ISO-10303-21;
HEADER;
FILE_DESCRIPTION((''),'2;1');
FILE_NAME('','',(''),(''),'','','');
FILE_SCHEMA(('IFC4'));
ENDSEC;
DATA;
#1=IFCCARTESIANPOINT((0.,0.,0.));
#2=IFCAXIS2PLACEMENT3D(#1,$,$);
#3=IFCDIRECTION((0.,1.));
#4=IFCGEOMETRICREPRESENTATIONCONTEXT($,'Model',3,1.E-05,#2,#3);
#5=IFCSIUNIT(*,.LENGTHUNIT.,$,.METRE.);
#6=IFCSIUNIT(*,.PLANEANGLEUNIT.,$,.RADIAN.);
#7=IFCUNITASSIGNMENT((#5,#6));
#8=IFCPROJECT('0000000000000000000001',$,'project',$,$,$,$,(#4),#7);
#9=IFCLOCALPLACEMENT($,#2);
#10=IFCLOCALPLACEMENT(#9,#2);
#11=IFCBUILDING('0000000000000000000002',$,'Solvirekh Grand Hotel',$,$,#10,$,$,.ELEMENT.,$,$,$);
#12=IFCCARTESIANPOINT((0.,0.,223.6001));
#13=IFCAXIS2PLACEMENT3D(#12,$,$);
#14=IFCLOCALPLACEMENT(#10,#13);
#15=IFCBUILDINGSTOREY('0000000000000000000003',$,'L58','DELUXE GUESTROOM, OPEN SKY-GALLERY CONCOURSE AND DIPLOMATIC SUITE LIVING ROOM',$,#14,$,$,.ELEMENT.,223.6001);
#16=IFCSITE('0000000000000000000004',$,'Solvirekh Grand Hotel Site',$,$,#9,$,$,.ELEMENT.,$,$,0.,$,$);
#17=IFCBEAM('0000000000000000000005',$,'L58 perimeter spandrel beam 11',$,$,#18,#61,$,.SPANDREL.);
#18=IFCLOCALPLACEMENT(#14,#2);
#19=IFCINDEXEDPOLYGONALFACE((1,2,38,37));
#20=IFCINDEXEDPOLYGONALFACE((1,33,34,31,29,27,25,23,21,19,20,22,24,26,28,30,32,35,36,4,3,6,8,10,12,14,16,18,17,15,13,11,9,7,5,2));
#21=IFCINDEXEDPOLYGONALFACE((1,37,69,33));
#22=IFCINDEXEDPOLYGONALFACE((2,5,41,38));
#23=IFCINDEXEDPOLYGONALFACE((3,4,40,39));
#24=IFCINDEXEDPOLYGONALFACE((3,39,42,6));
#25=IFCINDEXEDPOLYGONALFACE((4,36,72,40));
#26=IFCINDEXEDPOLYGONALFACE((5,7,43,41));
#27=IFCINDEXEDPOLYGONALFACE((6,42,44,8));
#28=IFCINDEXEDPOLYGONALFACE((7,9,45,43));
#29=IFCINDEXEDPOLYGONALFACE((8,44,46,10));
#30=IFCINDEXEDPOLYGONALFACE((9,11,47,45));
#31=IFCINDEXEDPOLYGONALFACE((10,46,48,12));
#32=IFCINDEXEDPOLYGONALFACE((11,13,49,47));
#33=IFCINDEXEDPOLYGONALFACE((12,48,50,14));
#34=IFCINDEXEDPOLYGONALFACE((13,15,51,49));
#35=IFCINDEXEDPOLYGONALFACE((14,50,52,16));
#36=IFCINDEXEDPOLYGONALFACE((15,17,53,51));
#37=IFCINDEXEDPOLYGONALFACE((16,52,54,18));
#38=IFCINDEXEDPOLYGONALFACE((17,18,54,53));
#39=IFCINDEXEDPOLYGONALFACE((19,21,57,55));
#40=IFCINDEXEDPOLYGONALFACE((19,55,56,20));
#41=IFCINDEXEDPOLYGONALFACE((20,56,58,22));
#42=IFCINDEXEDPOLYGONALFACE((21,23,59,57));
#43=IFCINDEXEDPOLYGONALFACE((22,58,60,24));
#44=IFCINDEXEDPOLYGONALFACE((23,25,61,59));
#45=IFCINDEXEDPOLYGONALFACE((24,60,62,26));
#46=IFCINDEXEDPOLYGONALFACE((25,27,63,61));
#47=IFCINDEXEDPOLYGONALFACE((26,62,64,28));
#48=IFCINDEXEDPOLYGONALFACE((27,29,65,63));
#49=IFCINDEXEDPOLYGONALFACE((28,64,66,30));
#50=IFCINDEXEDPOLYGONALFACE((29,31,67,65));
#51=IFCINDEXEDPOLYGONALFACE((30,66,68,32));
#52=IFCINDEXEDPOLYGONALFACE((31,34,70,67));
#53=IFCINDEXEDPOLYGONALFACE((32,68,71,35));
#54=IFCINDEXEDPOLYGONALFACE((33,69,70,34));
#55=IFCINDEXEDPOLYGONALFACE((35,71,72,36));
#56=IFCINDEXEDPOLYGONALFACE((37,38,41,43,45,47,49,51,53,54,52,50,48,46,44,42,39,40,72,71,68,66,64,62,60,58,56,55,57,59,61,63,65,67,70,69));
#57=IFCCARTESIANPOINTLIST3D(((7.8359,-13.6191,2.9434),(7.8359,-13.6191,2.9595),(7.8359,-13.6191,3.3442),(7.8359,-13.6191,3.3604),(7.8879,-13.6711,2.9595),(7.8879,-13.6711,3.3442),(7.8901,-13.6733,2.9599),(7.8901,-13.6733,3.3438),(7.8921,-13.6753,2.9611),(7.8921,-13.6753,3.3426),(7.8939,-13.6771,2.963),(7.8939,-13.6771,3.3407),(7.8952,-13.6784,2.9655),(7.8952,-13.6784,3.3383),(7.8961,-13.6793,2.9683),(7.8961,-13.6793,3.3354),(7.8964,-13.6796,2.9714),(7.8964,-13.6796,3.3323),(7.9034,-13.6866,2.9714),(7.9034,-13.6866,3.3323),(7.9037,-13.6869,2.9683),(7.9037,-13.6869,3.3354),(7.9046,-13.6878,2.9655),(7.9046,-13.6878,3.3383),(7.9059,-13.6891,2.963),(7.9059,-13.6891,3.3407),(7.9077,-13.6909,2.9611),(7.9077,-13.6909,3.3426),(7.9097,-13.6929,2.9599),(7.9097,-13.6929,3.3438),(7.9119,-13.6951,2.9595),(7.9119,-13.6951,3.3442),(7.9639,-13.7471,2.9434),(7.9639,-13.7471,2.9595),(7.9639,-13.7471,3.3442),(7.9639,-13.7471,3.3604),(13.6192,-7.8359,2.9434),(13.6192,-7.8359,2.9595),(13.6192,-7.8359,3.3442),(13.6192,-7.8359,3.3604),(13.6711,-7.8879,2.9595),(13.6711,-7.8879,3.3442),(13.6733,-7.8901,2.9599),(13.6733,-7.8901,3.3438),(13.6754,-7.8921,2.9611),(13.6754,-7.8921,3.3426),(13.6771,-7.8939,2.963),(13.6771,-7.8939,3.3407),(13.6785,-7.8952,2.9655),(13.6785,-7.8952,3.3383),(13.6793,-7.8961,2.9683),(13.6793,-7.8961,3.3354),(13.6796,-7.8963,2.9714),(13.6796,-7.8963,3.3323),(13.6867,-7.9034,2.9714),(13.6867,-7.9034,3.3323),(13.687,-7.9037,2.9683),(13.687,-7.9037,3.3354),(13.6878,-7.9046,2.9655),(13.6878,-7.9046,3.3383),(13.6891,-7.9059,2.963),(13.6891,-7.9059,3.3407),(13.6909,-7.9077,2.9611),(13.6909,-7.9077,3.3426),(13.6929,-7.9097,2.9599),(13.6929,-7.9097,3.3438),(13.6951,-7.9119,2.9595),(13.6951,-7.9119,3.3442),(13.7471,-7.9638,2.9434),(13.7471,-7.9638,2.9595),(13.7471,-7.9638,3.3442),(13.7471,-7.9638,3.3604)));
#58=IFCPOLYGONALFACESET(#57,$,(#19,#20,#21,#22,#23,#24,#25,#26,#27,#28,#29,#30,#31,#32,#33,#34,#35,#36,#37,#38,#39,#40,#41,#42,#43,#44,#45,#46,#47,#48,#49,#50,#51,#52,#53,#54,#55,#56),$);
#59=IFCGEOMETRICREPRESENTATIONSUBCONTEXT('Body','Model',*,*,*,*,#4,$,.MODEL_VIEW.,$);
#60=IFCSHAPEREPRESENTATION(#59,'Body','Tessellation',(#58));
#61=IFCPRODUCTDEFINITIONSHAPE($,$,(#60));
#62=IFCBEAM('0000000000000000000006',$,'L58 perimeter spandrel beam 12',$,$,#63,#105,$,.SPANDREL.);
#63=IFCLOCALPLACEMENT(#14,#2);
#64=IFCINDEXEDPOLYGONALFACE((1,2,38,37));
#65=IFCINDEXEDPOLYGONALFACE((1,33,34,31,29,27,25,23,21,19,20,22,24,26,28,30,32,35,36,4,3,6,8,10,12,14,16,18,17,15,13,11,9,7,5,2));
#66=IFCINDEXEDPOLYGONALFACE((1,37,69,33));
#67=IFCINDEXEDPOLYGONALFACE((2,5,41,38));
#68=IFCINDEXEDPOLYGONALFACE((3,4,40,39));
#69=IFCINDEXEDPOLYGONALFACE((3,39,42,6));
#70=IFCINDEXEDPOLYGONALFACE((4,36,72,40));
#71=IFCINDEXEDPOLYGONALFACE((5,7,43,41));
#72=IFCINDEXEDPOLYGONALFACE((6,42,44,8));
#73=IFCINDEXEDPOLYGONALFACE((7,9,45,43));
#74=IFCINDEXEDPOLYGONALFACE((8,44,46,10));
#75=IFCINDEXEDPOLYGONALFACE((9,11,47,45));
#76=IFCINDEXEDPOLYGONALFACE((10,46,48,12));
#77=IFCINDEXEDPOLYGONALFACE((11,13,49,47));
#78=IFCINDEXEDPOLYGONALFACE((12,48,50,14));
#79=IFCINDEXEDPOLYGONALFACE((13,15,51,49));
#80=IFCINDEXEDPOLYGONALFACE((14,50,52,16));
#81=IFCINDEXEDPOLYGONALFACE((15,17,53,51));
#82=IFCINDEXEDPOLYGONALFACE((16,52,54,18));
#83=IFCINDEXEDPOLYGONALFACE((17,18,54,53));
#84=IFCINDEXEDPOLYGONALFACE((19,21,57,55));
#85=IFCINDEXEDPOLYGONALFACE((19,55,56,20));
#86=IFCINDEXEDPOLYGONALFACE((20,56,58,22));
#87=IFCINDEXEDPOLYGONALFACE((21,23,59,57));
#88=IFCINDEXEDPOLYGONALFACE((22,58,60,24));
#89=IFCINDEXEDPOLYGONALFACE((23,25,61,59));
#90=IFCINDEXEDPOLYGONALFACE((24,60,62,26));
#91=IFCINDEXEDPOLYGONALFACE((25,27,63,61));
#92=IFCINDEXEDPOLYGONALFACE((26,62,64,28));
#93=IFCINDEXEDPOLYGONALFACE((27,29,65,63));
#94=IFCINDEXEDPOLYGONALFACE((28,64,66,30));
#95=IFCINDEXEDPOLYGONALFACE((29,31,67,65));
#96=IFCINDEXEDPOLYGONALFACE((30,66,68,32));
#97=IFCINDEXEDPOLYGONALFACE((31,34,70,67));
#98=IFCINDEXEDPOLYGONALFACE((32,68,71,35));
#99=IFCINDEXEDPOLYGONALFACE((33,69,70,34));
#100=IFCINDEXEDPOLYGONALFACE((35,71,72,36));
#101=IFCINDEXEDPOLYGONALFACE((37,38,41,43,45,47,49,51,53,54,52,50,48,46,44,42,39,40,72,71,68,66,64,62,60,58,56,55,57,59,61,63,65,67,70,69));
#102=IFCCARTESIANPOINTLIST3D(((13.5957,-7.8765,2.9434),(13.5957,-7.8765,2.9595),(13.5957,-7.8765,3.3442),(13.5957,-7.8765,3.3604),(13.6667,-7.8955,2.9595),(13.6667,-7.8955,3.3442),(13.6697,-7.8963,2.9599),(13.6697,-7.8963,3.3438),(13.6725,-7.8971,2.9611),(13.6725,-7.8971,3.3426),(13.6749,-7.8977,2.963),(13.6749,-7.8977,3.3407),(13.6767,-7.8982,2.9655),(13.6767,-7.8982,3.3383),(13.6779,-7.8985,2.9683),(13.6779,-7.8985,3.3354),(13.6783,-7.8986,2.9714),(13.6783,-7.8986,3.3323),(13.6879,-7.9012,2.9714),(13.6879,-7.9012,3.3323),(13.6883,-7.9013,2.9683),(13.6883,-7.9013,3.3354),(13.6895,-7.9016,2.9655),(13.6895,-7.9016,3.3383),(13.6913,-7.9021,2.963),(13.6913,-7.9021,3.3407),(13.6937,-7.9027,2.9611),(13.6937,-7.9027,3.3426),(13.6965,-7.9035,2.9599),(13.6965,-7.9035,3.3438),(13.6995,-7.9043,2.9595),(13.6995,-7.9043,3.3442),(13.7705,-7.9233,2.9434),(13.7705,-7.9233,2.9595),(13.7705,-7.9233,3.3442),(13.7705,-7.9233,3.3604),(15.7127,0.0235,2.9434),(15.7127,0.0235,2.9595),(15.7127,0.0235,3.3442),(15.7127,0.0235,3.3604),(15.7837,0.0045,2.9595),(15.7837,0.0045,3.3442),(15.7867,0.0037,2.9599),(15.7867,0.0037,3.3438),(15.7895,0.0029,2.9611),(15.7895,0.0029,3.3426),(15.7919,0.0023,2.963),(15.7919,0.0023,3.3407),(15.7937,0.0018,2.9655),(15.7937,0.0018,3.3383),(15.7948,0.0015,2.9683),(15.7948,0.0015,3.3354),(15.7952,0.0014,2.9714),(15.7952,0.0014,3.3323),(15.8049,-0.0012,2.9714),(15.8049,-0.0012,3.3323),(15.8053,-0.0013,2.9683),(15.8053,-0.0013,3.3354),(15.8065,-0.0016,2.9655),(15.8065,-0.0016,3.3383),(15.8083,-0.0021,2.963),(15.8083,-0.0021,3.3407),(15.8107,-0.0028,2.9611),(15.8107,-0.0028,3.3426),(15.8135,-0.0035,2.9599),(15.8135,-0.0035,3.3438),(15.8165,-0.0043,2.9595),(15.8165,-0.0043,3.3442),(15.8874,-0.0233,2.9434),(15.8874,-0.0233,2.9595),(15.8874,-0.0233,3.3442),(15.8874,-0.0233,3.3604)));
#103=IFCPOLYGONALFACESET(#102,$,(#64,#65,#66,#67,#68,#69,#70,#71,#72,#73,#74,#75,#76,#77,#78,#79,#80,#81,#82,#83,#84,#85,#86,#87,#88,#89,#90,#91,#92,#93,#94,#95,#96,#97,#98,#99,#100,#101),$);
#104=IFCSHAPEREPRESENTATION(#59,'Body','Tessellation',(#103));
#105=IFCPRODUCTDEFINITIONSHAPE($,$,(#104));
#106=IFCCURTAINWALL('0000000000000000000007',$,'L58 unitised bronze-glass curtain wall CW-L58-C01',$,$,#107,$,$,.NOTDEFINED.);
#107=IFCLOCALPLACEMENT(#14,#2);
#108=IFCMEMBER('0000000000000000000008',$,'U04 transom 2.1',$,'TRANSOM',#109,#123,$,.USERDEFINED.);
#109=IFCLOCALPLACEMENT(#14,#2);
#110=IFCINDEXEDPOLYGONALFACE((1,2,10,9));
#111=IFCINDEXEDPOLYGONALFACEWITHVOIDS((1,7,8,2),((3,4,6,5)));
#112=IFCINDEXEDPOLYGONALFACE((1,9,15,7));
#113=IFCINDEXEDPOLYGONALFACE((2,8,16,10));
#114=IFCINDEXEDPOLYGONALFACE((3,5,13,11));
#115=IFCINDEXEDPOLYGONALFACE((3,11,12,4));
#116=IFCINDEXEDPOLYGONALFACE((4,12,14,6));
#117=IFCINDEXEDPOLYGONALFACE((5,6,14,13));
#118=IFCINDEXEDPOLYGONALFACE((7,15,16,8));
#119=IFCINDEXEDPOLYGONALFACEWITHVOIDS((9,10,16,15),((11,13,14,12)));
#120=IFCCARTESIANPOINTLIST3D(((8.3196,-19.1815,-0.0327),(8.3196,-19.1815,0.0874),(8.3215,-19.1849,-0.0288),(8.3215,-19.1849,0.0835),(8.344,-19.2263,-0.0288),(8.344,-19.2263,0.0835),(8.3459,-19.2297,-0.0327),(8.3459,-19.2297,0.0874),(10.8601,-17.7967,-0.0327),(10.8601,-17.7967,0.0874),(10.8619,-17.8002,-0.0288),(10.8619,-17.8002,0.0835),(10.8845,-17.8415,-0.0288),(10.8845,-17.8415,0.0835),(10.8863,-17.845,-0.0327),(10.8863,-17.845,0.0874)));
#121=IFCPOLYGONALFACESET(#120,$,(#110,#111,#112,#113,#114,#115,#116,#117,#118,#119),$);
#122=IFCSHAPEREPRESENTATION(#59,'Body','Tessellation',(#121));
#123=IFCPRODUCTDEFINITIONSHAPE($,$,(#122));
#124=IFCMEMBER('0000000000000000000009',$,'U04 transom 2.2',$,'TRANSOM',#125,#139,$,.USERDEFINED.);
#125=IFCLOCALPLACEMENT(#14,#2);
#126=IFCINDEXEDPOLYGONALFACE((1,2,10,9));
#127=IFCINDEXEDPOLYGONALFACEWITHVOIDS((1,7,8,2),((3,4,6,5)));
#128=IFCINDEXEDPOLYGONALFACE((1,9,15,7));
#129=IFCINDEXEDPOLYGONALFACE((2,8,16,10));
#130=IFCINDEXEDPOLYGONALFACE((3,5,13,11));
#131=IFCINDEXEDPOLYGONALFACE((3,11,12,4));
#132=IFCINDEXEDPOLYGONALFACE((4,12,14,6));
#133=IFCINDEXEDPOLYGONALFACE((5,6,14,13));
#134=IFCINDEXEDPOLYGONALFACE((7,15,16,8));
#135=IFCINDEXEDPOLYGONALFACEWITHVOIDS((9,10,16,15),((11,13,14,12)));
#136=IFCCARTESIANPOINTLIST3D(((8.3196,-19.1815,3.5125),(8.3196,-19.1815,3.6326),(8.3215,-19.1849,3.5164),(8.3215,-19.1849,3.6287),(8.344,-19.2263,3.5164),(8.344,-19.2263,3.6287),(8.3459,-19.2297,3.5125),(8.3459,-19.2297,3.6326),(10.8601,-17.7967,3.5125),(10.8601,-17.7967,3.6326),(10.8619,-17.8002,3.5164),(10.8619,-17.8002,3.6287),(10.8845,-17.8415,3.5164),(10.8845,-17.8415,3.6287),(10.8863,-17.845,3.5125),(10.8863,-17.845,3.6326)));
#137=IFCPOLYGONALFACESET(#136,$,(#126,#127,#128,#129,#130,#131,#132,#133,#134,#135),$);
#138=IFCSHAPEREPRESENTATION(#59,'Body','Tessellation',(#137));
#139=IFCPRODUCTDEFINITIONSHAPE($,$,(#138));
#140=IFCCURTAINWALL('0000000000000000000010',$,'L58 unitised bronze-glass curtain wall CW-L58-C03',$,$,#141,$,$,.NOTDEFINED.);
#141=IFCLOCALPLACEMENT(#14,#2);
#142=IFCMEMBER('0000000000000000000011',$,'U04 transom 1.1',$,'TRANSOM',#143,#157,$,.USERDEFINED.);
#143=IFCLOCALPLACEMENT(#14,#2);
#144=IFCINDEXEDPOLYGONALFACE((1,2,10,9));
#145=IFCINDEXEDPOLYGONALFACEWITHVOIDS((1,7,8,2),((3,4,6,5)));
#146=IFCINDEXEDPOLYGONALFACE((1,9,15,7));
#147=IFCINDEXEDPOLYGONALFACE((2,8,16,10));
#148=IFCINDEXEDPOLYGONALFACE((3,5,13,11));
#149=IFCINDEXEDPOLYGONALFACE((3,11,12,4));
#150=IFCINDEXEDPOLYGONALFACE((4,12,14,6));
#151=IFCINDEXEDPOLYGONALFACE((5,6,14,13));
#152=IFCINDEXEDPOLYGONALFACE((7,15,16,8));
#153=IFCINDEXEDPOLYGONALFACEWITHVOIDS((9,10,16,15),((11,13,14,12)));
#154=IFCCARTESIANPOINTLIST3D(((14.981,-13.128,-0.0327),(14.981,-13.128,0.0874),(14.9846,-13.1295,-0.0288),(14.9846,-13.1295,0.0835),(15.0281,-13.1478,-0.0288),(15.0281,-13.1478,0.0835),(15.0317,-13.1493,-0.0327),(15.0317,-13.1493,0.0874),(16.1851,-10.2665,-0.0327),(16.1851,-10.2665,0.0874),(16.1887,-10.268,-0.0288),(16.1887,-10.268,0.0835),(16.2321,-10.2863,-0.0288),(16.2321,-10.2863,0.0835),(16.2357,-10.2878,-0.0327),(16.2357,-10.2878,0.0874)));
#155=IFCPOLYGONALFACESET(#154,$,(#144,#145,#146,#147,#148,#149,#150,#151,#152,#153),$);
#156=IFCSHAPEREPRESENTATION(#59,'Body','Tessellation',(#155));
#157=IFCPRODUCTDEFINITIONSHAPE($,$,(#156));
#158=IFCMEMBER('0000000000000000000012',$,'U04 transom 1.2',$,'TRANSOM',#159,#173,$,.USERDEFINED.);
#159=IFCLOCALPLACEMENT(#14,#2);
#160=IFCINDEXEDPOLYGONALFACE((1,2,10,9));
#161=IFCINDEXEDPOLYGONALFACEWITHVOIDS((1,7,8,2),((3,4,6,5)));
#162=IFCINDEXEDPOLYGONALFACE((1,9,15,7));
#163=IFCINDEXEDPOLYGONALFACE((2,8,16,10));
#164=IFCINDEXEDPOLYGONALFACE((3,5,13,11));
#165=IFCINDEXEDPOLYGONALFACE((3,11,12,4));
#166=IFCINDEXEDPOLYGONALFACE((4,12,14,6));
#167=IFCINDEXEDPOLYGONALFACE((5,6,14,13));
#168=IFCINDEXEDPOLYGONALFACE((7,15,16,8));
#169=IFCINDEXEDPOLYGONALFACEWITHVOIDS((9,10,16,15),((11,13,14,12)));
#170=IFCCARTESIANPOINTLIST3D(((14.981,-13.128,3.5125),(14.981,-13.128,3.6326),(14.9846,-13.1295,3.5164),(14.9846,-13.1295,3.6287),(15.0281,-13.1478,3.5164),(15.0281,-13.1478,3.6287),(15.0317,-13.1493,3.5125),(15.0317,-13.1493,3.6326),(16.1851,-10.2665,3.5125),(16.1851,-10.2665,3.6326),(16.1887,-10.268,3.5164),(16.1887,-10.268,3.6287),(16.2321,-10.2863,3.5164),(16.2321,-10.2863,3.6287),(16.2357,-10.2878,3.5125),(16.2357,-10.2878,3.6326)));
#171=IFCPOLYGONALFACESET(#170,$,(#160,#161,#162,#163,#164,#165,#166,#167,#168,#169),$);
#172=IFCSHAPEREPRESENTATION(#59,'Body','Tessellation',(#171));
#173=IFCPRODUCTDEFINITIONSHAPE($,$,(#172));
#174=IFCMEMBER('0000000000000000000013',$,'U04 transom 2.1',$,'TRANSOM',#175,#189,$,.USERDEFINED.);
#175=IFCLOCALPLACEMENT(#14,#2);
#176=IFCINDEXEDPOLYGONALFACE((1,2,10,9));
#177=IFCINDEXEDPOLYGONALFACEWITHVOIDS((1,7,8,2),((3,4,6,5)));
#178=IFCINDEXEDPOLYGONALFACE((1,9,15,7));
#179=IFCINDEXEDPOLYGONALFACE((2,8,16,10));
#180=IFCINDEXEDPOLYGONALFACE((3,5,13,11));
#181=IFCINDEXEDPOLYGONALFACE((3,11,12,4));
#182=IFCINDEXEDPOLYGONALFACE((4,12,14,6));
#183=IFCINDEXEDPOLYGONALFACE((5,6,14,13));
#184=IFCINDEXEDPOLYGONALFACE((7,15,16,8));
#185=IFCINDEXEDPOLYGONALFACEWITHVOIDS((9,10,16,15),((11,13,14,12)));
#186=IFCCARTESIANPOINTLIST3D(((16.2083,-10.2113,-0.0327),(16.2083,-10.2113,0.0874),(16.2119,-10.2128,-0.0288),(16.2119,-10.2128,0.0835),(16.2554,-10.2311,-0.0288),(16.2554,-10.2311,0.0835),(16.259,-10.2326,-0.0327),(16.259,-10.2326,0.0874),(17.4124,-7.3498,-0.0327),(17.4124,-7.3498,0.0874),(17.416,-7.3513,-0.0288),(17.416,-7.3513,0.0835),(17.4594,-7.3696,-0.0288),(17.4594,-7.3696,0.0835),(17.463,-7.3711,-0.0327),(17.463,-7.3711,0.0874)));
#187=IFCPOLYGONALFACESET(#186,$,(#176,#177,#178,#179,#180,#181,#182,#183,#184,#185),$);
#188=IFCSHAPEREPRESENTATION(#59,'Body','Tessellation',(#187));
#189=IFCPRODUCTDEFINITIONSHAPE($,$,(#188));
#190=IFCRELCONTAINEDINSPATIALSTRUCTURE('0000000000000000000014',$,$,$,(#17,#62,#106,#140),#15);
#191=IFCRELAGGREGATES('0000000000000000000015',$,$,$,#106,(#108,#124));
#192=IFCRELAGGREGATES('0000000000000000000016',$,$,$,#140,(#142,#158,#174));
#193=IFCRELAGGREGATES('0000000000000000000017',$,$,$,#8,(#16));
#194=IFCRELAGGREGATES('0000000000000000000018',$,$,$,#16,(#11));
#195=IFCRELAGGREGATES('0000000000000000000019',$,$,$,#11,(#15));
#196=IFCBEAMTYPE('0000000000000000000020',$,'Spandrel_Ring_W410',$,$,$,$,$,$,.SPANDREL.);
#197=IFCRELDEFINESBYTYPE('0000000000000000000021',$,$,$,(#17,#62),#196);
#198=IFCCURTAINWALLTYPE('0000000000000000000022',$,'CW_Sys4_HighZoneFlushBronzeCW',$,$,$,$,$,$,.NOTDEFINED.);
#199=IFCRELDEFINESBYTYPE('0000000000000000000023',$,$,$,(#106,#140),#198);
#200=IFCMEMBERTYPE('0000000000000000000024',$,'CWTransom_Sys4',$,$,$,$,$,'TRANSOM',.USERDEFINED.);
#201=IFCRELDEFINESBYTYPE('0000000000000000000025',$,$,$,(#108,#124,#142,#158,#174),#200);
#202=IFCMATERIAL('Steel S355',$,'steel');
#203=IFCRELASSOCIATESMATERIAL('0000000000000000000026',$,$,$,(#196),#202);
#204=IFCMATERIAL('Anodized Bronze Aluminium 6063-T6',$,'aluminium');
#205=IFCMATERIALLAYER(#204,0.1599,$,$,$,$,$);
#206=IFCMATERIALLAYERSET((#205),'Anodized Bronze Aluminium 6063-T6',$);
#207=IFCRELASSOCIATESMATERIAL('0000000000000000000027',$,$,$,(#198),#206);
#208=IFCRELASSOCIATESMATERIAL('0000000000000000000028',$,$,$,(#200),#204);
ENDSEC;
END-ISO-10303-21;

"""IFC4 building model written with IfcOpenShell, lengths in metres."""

from ifc_helpers import new_model, si_unit, direction, frame, origin, origin_2d, place, context, subcontext, project, spatial, hollow_rectangle, i_section, extrude, source, transform, mapped, material, layer, layer_set, material_profile, profile_set, type_object, element, aggregate, save


model = new_model("IFC4")

# Units and contexts
model_context = context("Model", 3, precision=1e-05, world=origin(), true_north=direction((0.0, 1.0)))
body_context = subcontext(model_context, "Body", "Model", "MODEL_VIEW")
ifc_project = project(units=[si_unit("LENGTHUNIT", "METRE"), si_unit("PLANEANGLEUNIT", "RADIAN")], contexts=[model_context])

# Site, building, storey
site_placement = place(None, origin())
site = spatial("IfcSite", under=ifc_project, at=site_placement, Name="Solvirekh Grand Hotel Site", CompositionType="ELEMENT", RefElevation=0.0)
building_placement = place(site_placement, origin())
building = spatial("IfcBuilding", under=site, at=building_placement, Name="Solvirekh Grand Hotel", CompositionType="ELEMENT")
storey_placement = place(building_placement, frame((0.0, 0.0, 223.6001)))
storey = spatial("IfcBuildingStorey", under=building, at=storey_placement, Name="L58", Description="DELUXE GUESTROOM, OPEN SKY-GALLERY CONCOURSE AND DIPLOMATIC SUITE LIVING ROOM", CompositionType="ELEMENT", Elevation=223.6001)

# Beams
ifc_material_1 = material(Name="Steel S355", Category="steel")
ifc_material_profile_1 = material_profile(ifc_material_1, i_section(OverallWidth=0.1809, OverallDepth=0.417, WebThickness=0.01, FlangeThickness=0.0161, FilletRadius=0.012, at=origin_2d()), Name="W410X85")
ifc_profile_set_1 = profile_set([ifc_material_profile_1], Name="Steel S355")
beam_type = type_object("IfcBeamType", Name="Spandrel_Ring_W410", PredefinedType="SPANDREL", material=ifc_profile_set_1)
for number, where, z_axis, x_axis, name in (
    (1, (7.8999, -13.6831, 3.1519), (0.707107, 0.707107, 0.0), (-0.707107, 0.707107, 0.0), "L58 perimeter spandrel beam 11"),
    (2, (13.6831, -7.8999, 3.1519), (0.258839, 0.965921, 0.0), (-0.965921, 0.258839, 0.0), "L58 perimeter spandrel beam 12"),
):
    element("IfcBeam", number, at=place(storey_placement, frame(where, z_axis=z_axis, x_axis=x_axis)), inside=storey, type_object=beam_type, Name=name, PredefinedType="SPANDREL", context=body_context, shape_type="SweptSolid", body=[
        extrude(i_section(OverallWidth=0.1809, OverallDepth=0.417, WebThickness=0.01, FlangeThickness=0.0161, FilletRadius=0.012, at=origin_2d()), origin(), (0.0, 0.0, 1.0), 8.1787),
    ])

# Curtain walls, members
ifc_material_2 = material(Name="Anodized Bronze Aluminium 6063-T6", Category="aluminium")
ifc_layer_1 = layer(ifc_material_2, 0.1599)
ifc_layer_set_1 = layer_set([ifc_layer_1], Name="Anodized Bronze Aluminium 6063-T6")
curtain_wall_type = type_object("IfcCurtainWallType", Name="CW_Sys4_HighZoneFlushBronzeCW", PredefinedType="NOTDEFINED", material=ifc_layer_set_1)
curtain_wall_1_placement = place(storey_placement, origin())
curtain_wall_1 = element("IfcCurtainWall", 3, at=curtain_wall_1_placement, inside=storey, type_object=curtain_wall_type, Name="L58 unitised bronze-glass curtain wall CW-L58-C01", PredefinedType="NOTDEFINED")
ifc_material_profile_2 = material_profile(ifc_material_2, hollow_rectangle(XDim=0.0549, YDim=0.1201, WallThickness=0.0039, at=origin_2d()), Name="ALU RHS 120X55X4")
ifc_profile_set_2 = profile_set([ifc_material_profile_2], Name="Anodized Bronze Aluminium 6063-T6")
member_type_1 = type_object("IfcMemberType", Name="CWTransom_Sys4", ElementType="TRANSOM", PredefinedType="USERDEFINED", material=ifc_profile_set_2)
shared_shape_1 = source(origin(), body_context, "Body", "SweptSolid", [
    extrude(hollow_rectangle(XDim=0.0549, YDim=0.1201, WallThickness=0.0039, at=origin_2d()), origin(), (0.0, 0.0, 1.0), 2.8933),
])
member_1_placement = place(storey_placement, frame((8.3328, -19.2056, 0.0273), z_axis=(0.878037, 0.478592, 0.0), x_axis=(-0.478592, 0.878037, 0.0)))
member_1 = element("IfcMember", 4, at=member_1_placement, type_object=member_type_1, Name="U04 transom 2.1", ObjectType="TRANSOM", PredefinedType="USERDEFINED", context=body_context, shape_type="MappedRepresentation", body=[
    mapped(shared_shape_1, transform((0.0, 0.0, 0.0), x_axis=(1.0, 0.0, 0.0), y_axis=(0.0, 1.0, 0.0), z_axis=(0.0, 0.0, 1.0), scale=1.0)),
])
member_2_placement = place(storey_placement, frame((8.3328, -19.2056, 3.5725), z_axis=(0.878037, 0.478592, 0.0), x_axis=(-0.478592, 0.878037, 0.0)))
member_2 = element("IfcMember", 5, at=member_2_placement, type_object=member_type_1, Name="U04 transom 2.2", ObjectType="TRANSOM", PredefinedType="USERDEFINED", context=body_context, shape_type="MappedRepresentation", body=[
    mapped(shared_shape_1, transform((0.0, 0.0, 0.0), x_axis=(1.0, 0.0, 0.0), y_axis=(0.0, 1.0, 0.0), z_axis=(0.0, 0.0, 1.0), scale=1.0)),
])
curtain_wall_2_placement = place(storey_placement, origin())
curtain_wall_2 = element("IfcCurtainWall", 6, at=curtain_wall_2_placement, inside=storey, type_object=curtain_wall_type, Name="L58 unitised bronze-glass curtain wall CW-L58-C03", PredefinedType="NOTDEFINED")
shared_shape_2 = source(origin(), body_context, "Body", "SweptSolid", [
    extrude(hollow_rectangle(XDim=0.0549, YDim=0.1201, WallThickness=0.0039, at=origin_2d()), origin(), (0.0, 0.0, 1.0), 3.1045),
])
member_3_placement = place(storey_placement, frame((15.0063, -13.1387, 0.0273), z_axis=(0.387846, 0.921724, 0.0), x_axis=(-0.921724, 0.387846, 0.0)))
member_3 = element("IfcMember", 7, at=member_3_placement, type_object=member_type_1, Name="U04 transom 1.1", ObjectType="TRANSOM", PredefinedType="USERDEFINED", context=body_context, shape_type="MappedRepresentation", body=[
    mapped(shared_shape_2, transform((0.0, 0.0, 0.0), x_axis=(1.0, 0.0, 0.0), y_axis=(0.0, 1.0, 0.0), z_axis=(0.0, 0.0, 1.0), scale=1.0)),
])
member_4_placement = place(storey_placement, frame((15.0063, -13.1387, 3.5725), z_axis=(0.387846, 0.921724, 0.0), x_axis=(-0.921724, 0.387846, 0.0)))
member_4 = element("IfcMember", 8, at=member_4_placement, type_object=member_type_1, Name="U04 transom 1.2", ObjectType="TRANSOM", PredefinedType="USERDEFINED", context=body_context, shape_type="MappedRepresentation", body=[
    mapped(shared_shape_2, transform((0.0, 0.0, 0.0), x_axis=(1.0, 0.0, 0.0), y_axis=(0.0, 1.0, 0.0), z_axis=(0.0, 0.0, 1.0), scale=1.0)),
])
member_5_placement = place(storey_placement, frame((16.2336, -10.2219, 0.0273), z_axis=(0.387846, 0.921724, 0.0), x_axis=(-0.921724, 0.387846, 0.0)))
member_5 = element("IfcMember", 9, at=member_5_placement, type_object=member_type_1, Name="U04 transom 2.1", ObjectType="TRANSOM", PredefinedType="USERDEFINED", context=body_context, shape_type="MappedRepresentation", body=[
    mapped(shared_shape_2, transform((0.0, 0.0, 0.0), x_axis=(1.0, 0.0, 0.0), y_axis=(0.0, 1.0, 0.0), z_axis=(0.0, 0.0, 1.0), scale=1.0)),
])

aggregate(curtain_wall_1, [member_1, member_2])
aggregate(curtain_wall_2, [member_3, member_4, member_5])

save(model, "model.ifc")
